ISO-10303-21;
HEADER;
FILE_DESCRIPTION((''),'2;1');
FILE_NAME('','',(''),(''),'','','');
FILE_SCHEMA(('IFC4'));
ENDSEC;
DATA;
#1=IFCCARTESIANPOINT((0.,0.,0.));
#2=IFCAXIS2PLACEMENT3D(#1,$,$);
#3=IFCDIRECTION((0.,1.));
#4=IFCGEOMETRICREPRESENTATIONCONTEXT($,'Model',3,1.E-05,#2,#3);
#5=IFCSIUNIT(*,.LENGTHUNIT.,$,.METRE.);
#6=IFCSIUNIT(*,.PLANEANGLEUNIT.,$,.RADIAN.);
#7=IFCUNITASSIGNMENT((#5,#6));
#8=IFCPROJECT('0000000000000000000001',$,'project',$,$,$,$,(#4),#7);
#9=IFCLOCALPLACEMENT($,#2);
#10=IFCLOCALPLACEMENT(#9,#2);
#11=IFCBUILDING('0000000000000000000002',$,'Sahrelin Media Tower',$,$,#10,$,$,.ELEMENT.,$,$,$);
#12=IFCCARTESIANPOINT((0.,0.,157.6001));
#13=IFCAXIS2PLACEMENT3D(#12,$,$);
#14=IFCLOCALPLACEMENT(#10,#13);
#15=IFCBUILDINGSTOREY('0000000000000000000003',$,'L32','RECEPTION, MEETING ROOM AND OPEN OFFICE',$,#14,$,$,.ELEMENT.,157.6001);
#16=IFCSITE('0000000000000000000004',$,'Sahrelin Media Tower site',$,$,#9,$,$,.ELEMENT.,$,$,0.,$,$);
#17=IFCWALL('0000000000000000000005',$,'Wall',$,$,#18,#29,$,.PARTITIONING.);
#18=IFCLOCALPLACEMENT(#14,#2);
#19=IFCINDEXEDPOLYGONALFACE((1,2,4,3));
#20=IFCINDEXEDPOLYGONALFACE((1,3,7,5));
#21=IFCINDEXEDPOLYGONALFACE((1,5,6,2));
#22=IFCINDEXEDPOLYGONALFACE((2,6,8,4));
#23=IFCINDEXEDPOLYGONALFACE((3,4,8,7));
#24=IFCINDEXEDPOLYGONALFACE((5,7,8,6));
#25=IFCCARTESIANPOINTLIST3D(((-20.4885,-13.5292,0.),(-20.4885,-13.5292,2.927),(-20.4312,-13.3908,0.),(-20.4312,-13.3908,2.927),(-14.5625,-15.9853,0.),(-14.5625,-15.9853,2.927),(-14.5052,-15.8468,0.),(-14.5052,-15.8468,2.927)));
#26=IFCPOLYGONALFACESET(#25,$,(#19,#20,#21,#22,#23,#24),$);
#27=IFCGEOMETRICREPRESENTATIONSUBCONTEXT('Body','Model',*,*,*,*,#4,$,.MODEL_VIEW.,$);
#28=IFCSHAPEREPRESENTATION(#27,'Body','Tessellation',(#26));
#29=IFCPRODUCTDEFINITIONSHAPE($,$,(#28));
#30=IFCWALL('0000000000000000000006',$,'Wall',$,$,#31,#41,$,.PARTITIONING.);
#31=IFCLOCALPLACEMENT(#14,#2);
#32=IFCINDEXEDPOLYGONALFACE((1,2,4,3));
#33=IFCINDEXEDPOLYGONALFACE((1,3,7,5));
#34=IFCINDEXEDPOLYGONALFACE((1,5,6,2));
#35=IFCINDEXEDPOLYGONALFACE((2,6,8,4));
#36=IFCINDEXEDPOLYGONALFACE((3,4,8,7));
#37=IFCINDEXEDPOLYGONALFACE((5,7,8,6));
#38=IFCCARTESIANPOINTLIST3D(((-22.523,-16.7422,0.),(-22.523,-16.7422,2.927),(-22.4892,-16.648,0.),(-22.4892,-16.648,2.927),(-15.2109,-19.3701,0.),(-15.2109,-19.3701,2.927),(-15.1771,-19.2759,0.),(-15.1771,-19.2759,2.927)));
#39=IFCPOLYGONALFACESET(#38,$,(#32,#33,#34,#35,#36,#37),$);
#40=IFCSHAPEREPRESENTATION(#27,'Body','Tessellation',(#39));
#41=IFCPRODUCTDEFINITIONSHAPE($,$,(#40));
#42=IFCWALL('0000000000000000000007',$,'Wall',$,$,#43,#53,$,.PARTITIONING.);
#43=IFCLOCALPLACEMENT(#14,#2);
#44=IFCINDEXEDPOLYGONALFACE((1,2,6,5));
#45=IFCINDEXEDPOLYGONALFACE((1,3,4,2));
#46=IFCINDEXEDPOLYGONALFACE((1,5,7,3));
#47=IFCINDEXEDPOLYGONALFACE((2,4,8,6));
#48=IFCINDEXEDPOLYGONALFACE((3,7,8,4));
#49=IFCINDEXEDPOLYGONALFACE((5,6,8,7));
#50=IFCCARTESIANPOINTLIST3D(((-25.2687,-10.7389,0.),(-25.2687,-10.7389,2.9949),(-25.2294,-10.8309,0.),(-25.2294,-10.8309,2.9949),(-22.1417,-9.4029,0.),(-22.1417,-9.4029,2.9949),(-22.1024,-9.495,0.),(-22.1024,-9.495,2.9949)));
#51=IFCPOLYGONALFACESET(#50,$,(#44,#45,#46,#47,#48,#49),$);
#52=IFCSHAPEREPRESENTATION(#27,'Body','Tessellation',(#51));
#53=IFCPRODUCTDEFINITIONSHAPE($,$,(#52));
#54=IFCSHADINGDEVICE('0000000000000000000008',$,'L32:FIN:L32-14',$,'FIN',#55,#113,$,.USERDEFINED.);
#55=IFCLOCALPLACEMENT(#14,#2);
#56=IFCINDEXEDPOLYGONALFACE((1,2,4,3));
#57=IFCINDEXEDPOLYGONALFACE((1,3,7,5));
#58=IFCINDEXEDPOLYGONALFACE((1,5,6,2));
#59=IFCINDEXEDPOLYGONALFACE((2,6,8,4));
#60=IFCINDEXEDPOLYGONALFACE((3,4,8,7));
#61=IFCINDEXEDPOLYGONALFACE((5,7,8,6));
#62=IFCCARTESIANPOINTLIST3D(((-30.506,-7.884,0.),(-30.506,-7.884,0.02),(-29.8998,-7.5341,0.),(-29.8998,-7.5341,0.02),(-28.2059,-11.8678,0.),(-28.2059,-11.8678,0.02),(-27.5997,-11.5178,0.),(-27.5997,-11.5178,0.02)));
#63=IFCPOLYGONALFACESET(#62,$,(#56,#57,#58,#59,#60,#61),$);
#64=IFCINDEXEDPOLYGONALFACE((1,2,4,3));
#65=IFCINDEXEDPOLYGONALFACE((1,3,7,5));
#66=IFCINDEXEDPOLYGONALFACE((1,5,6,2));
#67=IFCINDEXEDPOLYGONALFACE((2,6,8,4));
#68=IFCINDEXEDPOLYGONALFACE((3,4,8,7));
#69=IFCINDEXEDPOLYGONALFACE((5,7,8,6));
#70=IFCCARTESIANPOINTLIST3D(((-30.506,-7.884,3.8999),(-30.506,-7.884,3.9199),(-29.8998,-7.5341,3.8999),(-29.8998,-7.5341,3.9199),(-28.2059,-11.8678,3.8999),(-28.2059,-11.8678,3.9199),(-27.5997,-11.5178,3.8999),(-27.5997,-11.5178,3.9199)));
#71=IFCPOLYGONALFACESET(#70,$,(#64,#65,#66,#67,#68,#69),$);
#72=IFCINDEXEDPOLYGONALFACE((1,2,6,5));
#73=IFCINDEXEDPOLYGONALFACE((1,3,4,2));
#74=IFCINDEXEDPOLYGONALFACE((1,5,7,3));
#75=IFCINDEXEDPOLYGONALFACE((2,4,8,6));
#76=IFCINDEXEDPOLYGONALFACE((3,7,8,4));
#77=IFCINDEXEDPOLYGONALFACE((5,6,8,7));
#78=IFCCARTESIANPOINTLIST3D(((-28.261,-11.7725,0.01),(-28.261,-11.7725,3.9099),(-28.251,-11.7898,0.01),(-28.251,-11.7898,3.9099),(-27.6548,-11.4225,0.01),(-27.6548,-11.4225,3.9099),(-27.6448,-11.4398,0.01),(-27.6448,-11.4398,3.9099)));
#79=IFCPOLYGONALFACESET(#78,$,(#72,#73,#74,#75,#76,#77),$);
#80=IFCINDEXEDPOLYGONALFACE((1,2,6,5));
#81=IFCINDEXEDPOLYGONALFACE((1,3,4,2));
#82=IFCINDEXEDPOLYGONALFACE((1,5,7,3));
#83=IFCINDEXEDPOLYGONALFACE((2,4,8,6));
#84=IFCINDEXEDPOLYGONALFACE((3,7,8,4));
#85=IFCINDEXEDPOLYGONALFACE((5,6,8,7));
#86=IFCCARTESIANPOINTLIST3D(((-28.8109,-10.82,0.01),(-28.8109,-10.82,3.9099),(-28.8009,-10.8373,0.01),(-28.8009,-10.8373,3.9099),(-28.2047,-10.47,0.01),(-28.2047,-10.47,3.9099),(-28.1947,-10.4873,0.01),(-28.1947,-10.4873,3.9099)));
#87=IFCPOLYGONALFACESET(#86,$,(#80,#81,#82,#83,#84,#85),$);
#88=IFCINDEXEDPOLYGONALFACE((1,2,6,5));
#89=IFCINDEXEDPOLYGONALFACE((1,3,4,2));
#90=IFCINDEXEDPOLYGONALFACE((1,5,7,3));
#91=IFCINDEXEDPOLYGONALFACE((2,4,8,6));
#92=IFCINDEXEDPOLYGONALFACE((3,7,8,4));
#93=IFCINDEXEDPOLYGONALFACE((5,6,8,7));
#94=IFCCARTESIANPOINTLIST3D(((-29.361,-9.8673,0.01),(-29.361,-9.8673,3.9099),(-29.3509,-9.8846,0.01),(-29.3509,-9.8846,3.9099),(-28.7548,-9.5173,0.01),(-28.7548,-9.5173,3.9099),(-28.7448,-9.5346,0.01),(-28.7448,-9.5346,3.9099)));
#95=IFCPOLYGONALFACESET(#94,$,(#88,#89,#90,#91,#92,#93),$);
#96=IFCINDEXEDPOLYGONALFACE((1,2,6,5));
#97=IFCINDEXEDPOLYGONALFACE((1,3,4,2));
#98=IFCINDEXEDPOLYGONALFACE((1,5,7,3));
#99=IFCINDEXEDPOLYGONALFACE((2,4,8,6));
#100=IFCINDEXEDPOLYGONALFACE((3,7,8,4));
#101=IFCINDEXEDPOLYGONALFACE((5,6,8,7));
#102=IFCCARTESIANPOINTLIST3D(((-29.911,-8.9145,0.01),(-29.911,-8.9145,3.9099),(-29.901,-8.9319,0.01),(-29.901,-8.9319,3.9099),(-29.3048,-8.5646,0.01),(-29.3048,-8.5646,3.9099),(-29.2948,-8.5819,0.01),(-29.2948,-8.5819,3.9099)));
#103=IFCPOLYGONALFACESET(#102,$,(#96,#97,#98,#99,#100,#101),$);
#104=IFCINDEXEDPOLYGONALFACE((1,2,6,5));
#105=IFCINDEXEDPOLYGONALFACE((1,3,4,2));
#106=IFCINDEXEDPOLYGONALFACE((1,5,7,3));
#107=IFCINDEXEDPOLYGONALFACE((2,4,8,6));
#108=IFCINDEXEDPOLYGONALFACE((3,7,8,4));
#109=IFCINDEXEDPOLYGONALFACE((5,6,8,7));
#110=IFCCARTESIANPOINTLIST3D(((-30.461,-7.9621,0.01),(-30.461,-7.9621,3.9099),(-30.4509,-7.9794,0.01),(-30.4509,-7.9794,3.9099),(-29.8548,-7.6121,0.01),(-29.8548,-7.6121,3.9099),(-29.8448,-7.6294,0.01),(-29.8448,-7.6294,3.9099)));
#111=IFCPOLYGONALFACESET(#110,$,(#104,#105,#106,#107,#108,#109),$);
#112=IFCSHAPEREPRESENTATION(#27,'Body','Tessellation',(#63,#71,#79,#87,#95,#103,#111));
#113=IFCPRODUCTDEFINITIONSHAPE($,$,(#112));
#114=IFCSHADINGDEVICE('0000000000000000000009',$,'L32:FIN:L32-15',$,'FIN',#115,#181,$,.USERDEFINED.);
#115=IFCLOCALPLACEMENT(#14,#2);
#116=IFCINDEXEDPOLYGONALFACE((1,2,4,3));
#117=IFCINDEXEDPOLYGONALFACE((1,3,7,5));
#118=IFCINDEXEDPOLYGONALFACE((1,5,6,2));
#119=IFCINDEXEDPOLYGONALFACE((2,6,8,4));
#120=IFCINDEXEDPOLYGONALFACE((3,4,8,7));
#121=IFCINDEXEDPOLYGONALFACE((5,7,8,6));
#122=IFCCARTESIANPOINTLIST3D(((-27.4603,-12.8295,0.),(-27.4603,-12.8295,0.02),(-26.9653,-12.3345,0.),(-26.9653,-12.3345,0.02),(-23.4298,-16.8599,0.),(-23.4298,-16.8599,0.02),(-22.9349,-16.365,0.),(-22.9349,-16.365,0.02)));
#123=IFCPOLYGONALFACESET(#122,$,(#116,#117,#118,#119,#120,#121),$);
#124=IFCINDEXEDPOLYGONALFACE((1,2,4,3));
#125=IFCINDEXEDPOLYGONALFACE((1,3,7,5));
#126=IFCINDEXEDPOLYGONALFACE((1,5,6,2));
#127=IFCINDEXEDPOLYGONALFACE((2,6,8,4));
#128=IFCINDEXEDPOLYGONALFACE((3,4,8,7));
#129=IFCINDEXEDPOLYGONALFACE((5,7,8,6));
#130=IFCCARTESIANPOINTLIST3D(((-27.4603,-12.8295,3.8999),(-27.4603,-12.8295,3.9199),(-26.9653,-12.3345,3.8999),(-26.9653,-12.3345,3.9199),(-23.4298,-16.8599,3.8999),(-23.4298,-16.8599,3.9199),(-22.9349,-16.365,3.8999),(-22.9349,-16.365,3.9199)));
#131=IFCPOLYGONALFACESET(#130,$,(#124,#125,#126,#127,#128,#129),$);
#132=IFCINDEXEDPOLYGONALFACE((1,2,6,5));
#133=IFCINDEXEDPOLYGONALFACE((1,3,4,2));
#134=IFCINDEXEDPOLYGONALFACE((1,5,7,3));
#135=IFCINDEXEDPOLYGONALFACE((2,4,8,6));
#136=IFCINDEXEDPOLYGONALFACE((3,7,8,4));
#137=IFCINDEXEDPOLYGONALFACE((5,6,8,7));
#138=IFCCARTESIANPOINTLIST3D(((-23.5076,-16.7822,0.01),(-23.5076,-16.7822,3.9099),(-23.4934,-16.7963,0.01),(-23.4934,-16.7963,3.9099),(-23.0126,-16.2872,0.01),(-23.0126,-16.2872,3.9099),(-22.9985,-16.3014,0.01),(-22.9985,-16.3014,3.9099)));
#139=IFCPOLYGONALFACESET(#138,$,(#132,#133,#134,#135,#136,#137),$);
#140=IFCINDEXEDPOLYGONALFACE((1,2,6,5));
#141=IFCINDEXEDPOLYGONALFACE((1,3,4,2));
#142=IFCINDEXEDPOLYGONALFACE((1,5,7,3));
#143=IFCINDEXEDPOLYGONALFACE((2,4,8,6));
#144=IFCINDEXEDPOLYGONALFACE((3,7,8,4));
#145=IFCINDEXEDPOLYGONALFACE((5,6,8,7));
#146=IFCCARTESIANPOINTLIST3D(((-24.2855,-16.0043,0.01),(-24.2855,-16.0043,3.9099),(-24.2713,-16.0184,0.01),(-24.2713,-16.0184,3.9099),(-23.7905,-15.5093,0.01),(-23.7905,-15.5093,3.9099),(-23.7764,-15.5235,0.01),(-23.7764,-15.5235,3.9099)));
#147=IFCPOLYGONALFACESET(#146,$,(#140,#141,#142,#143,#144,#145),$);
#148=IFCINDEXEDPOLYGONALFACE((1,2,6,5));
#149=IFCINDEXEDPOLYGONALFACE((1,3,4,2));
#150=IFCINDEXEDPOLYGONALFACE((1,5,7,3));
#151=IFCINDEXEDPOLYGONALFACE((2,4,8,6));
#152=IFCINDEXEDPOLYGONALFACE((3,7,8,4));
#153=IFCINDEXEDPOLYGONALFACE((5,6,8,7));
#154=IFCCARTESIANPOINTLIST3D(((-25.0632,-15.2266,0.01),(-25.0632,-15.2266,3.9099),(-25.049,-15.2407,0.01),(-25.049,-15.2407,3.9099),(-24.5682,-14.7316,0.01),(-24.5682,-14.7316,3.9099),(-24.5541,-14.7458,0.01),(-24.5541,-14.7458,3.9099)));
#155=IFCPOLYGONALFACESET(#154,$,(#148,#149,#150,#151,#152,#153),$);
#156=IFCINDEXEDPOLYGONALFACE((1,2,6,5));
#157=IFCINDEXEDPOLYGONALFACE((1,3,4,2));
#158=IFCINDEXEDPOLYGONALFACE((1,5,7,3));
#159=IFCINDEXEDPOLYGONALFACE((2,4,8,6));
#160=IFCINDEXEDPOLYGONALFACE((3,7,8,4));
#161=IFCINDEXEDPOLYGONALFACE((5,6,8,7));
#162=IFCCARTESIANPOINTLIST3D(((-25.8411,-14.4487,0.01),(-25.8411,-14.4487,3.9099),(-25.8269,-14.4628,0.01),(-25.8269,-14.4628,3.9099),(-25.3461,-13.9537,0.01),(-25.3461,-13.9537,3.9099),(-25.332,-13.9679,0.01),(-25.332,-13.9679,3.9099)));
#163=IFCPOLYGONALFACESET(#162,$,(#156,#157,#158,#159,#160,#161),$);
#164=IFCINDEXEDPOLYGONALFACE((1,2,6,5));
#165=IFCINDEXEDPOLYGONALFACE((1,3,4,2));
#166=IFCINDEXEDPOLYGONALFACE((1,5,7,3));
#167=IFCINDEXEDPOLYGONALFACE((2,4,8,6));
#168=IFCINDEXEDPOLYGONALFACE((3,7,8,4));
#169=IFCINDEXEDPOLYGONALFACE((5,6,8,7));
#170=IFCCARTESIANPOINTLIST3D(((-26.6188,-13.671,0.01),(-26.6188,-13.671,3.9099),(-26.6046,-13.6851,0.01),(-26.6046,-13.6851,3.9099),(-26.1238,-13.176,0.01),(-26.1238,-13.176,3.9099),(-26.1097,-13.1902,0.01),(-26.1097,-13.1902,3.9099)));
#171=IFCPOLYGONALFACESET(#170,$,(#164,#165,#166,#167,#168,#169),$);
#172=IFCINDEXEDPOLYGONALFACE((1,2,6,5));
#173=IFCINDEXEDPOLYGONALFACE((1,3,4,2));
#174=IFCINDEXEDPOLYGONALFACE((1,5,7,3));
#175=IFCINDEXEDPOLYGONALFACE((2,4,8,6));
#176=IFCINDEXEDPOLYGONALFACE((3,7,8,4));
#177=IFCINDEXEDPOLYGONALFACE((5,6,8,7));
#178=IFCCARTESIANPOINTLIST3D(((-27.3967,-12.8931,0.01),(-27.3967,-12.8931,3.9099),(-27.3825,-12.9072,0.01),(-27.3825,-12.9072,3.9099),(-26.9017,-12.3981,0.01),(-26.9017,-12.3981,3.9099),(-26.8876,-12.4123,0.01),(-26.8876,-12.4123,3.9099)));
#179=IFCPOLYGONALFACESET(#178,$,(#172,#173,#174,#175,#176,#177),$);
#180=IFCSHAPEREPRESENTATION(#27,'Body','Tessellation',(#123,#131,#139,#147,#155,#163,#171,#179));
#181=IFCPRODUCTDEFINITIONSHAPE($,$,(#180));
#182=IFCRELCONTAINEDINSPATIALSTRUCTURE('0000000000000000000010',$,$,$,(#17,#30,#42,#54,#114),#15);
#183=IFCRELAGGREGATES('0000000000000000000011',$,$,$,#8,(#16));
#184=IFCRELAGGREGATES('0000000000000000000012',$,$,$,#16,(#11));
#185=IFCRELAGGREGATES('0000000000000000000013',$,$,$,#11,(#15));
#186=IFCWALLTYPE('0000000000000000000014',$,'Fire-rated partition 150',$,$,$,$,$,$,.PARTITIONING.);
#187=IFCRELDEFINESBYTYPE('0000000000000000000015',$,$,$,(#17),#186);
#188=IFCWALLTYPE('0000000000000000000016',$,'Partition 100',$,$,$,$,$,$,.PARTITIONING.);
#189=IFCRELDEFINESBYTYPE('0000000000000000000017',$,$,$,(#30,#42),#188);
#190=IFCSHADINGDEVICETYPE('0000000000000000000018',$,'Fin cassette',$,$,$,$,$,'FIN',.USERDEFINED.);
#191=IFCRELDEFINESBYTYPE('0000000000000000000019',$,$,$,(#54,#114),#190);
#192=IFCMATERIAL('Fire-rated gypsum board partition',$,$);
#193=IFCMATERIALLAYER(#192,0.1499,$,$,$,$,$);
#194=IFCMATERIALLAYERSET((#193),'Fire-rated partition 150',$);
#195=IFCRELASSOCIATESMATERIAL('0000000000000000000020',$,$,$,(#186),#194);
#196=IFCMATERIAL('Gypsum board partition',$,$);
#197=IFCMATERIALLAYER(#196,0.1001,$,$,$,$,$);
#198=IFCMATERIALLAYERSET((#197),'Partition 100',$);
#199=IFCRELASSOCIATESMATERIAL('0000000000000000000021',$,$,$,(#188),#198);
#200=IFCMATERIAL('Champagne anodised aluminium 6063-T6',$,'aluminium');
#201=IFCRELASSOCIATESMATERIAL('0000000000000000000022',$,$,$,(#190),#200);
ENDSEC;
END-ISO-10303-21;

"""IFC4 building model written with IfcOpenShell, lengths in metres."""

from ifc_helpers import new_model, si_unit, direction, frame, frame_2d, origin, origin_2d, place, context, subcontext, project, spatial, rectangle, extrude, material, layer, layer_set, type_object, element, save


model = new_model("IFC4")

# Units and contexts
model_context = context("Model", 3, precision=1e-05, world=origin(), true_north=direction((0.0, 1.0)))
body_context = subcontext(model_context, "Body", "Model", "MODEL_VIEW")
ifc_project = project(units=[si_unit("LENGTHUNIT", "METRE"), si_unit("PLANEANGLEUNIT", "RADIAN")], contexts=[model_context])

# Site, building, storey
site_placement = place(None, origin())
site = spatial("IfcSite", under=ifc_project, at=site_placement, Name="Sahrelin Media Tower site", CompositionType="ELEMENT", RefElevation=0.0)
building_placement = place(site_placement, origin())
building = spatial("IfcBuilding", under=site, at=building_placement, Name="Sahrelin Media Tower", CompositionType="ELEMENT")
storey_placement = place(building_placement, frame((0.0, 0.0, 157.6001)))
storey = spatial("IfcBuildingStorey", under=building, at=storey_placement, Name="L32", Description="RECEPTION, MEETING ROOM AND OPEN OFFICE", CompositionType="ELEMENT", Elevation=157.6001)

# Shared definitions
ifc_material_1 = material(Name="Champagne anodised aluminium 6063-T6", Category="aluminium")

# Walls
ifc_material_2 = material(Name="Fire-rated gypsum board partition")
ifc_layer_1 = layer(ifc_material_2, 0.1499)
ifc_layer_set_1 = layer_set([ifc_layer_1], Name="Fire-rated partition 150")
wall_type_1 = type_object("IfcWallType", Name="Fire-rated partition 150", PredefinedType="PARTITIONING", material=ifc_layer_set_1)
wall_1_placement = place(storey_placement, frame((-20.46, -13.46, 0.0), z_axis=(0.0, 0.0, 1.0), x_axis=(0.923802, -0.382872, 0.0)))
element("IfcWall", 1, at=wall_1_placement, inside=storey, type_object=wall_type_1, Name="Wall", PredefinedType="PARTITIONING", context=body_context, shape_type="SweptSolid", body=[
    extrude(rectangle(XDim=6.4148, YDim=0.1499, at=frame_2d((3.2075, 0.0))), origin(), (0.0, 0.0, 1.0), 2.927),
])
ifc_material_3 = material(Name="Gypsum board partition")
ifc_layer_2 = layer(ifc_material_3, 0.1001)
ifc_layer_set_2 = layer_set([ifc_layer_2], Name="Partition 100")
wall_type_2 = type_object("IfcWallType", Name="Partition 100", PredefinedType="PARTITIONING", material=ifc_layer_set_2)
wall_2_placement = place(storey_placement, frame((-22.5061, -16.6951, 0.0), z_axis=(0.0, 0.0, 1.0), x_axis=(0.941068, -0.338219, 0.0)))
element("IfcWall", 2, at=wall_2_placement, inside=storey, type_object=wall_type_2, Name="Wall", PredefinedType="PARTITIONING", context=body_context, shape_type="SweptSolid", body=[
    extrude(rectangle(XDim=7.77, YDim=0.1001, at=frame_2d((3.885, 0.0))), origin(), (0.0, 0.0, 1.0), 2.927),
])
wall_3_placement = place(storey_placement, frame((-25.249, -10.7849, 0.0), z_axis=(0.0, 0.0, 1.0), x_axis=(0.91959, 0.392879, 0.0)))
element("IfcWall", 3, at=wall_3_placement, inside=storey, type_object=wall_type_2, Name="Wall", PredefinedType="PARTITIONING", context=body_context, shape_type="SweptSolid", body=[
    extrude(rectangle(XDim=3.4004, YDim=0.1001, at=frame_2d((1.7002, 0.0))), origin(), (0.0, 0.0, 1.0), 2.9949),
])

# Shading devices
shading_device_type_1 = type_object("IfcShadingDeviceType", Name="Fin cassette", ElementType="FIN", PredefinedType="USERDEFINED", material=ifc_material_1)
placement_1 = place(storey_placement, frame((-28.6892, -9.491, 0.0), z_axis=(0.0, 0.0, 1.0), x_axis=(-0.500011, 0.866019, 0.0)))
element("IfcShadingDevice", 4, at=placement_1, inside=storey, type_object=shading_device_type_1, Name="L32:FIN:L32-14", ObjectType="FIN", PredefinedType="USERDEFINED", context=body_context, shape_type="SweptSolid", body=[
    extrude(rectangle(XDim=4.6001, YDim=0.7, at=origin_2d()), frame((0.0, 0.4199, 0.0)), (0.0, 0.0, 1.0), 0.02),
    extrude(rectangle(XDim=4.6001, YDim=0.7, at=origin_2d()), frame((0.0, 0.4199, 3.8999)), (0.0, 0.0, 1.0), 0.02),
    extrude(rectangle(XDim=0.02, YDim=0.7, at=origin_2d()), frame((-2.2, 0.4199, 0.01), z_axis=(0.0, 0.0, 1.0), x_axis=(1.0, 0.0, 0.0)), (0.0, 0.0, 1.0), 3.8999),
    extrude(rectangle(XDim=0.02, YDim=0.7, at=origin_2d()), frame((-1.1001, 0.4199, 0.01), z_axis=(0.0, 0.0, 1.0), x_axis=(1.0, 0.0, 0.0)), (0.0, 0.0, 1.0), 3.8999),
    extrude(rectangle(XDim=0.02, YDim=0.7, at=origin_2d()), frame((0.0, 0.4199, 0.01), z_axis=(0.0, 0.0, 1.0), x_axis=(1.0, 0.0, 0.0)), (0.0, 0.0, 1.0), 3.8999),
    extrude(rectangle(XDim=0.02, YDim=0.7, at=origin_2d()), frame((1.1001, 0.4199, 0.01), z_axis=(0.0, 0.0, 1.0), x_axis=(1.0, 0.0, 0.0)), (0.0, 0.0, 1.0), 3.8999),
    extrude(rectangle(XDim=0.02, YDim=0.7, at=origin_2d()), frame((2.2, 0.4199, 0.01), z_axis=(0.0, 0.0, 1.0), x_axis=(1.0, 0.0, 0.0)), (0.0, 0.0, 1.0), 3.8999),
])
placement_2 = place(storey_placement, frame((-24.9006, -14.3003, 0.0), z_axis=(0.0, 0.0, 1.0), x_axis=(-0.707107, 0.707107, 0.0)))
element("IfcShadingDevice", 5, at=placement_2, inside=storey, type_object=shading_device_type_1, Name="L32:FIN:L32-15", ObjectType="FIN", PredefinedType="USERDEFINED", context=body_context, shape_type="SweptSolid", body=[
    extrude(rectangle(XDim=5.7, YDim=0.7, at=origin_2d()), frame((0.0, 0.4199, 0.0)), (0.0, 0.0, 1.0), 0.02),
    extrude(rectangle(XDim=5.7, YDim=0.7, at=origin_2d()), frame((0.0, 0.4199, 3.8999)), (0.0, 0.0, 1.0), 0.02),
    extrude(rectangle(XDim=0.02, YDim=0.7, at=origin_2d()), frame((-2.75, 0.4199, 0.01), z_axis=(0.0, 0.0, 1.0), x_axis=(1.0, 0.0, 0.0)), (0.0, 0.0, 1.0), 3.8999),
    extrude(rectangle(XDim=0.02, YDim=0.7, at=origin_2d()), frame((-1.6499, 0.4199, 0.01), z_axis=(0.0, 0.0, 1.0), x_axis=(1.0, 0.0, 0.0)), (0.0, 0.0, 1.0), 3.8999),
    extrude(rectangle(XDim=0.02, YDim=0.7, at=origin_2d()), frame((-0.55, 0.4199, 0.01), z_axis=(0.0, 0.0, 1.0), x_axis=(1.0, 0.0, 0.0)), (0.0, 0.0, 1.0), 3.8999),
    extrude(rectangle(XDim=0.02, YDim=0.7, at=origin_2d()), frame((0.55, 0.4199, 0.01), z_axis=(0.0, 0.0, 1.0), x_axis=(1.0, 0.0, 0.0)), (0.0, 0.0, 1.0), 3.8999),
    extrude(rectangle(XDim=0.02, YDim=0.7, at=origin_2d()), frame((1.6499, 0.4199, 0.01), z_axis=(0.0, 0.0, 1.0), x_axis=(1.0, 0.0, 0.0)), (0.0, 0.0, 1.0), 3.8999),
    extrude(rectangle(XDim=0.02, YDim=0.7, at=origin_2d()), frame((2.75, 0.4199, 0.01), z_axis=(0.0, 0.0, 1.0), x_axis=(1.0, 0.0, 0.0)), (0.0, 0.0, 1.0), 3.8999),
])

save(model, "model.ifc")
